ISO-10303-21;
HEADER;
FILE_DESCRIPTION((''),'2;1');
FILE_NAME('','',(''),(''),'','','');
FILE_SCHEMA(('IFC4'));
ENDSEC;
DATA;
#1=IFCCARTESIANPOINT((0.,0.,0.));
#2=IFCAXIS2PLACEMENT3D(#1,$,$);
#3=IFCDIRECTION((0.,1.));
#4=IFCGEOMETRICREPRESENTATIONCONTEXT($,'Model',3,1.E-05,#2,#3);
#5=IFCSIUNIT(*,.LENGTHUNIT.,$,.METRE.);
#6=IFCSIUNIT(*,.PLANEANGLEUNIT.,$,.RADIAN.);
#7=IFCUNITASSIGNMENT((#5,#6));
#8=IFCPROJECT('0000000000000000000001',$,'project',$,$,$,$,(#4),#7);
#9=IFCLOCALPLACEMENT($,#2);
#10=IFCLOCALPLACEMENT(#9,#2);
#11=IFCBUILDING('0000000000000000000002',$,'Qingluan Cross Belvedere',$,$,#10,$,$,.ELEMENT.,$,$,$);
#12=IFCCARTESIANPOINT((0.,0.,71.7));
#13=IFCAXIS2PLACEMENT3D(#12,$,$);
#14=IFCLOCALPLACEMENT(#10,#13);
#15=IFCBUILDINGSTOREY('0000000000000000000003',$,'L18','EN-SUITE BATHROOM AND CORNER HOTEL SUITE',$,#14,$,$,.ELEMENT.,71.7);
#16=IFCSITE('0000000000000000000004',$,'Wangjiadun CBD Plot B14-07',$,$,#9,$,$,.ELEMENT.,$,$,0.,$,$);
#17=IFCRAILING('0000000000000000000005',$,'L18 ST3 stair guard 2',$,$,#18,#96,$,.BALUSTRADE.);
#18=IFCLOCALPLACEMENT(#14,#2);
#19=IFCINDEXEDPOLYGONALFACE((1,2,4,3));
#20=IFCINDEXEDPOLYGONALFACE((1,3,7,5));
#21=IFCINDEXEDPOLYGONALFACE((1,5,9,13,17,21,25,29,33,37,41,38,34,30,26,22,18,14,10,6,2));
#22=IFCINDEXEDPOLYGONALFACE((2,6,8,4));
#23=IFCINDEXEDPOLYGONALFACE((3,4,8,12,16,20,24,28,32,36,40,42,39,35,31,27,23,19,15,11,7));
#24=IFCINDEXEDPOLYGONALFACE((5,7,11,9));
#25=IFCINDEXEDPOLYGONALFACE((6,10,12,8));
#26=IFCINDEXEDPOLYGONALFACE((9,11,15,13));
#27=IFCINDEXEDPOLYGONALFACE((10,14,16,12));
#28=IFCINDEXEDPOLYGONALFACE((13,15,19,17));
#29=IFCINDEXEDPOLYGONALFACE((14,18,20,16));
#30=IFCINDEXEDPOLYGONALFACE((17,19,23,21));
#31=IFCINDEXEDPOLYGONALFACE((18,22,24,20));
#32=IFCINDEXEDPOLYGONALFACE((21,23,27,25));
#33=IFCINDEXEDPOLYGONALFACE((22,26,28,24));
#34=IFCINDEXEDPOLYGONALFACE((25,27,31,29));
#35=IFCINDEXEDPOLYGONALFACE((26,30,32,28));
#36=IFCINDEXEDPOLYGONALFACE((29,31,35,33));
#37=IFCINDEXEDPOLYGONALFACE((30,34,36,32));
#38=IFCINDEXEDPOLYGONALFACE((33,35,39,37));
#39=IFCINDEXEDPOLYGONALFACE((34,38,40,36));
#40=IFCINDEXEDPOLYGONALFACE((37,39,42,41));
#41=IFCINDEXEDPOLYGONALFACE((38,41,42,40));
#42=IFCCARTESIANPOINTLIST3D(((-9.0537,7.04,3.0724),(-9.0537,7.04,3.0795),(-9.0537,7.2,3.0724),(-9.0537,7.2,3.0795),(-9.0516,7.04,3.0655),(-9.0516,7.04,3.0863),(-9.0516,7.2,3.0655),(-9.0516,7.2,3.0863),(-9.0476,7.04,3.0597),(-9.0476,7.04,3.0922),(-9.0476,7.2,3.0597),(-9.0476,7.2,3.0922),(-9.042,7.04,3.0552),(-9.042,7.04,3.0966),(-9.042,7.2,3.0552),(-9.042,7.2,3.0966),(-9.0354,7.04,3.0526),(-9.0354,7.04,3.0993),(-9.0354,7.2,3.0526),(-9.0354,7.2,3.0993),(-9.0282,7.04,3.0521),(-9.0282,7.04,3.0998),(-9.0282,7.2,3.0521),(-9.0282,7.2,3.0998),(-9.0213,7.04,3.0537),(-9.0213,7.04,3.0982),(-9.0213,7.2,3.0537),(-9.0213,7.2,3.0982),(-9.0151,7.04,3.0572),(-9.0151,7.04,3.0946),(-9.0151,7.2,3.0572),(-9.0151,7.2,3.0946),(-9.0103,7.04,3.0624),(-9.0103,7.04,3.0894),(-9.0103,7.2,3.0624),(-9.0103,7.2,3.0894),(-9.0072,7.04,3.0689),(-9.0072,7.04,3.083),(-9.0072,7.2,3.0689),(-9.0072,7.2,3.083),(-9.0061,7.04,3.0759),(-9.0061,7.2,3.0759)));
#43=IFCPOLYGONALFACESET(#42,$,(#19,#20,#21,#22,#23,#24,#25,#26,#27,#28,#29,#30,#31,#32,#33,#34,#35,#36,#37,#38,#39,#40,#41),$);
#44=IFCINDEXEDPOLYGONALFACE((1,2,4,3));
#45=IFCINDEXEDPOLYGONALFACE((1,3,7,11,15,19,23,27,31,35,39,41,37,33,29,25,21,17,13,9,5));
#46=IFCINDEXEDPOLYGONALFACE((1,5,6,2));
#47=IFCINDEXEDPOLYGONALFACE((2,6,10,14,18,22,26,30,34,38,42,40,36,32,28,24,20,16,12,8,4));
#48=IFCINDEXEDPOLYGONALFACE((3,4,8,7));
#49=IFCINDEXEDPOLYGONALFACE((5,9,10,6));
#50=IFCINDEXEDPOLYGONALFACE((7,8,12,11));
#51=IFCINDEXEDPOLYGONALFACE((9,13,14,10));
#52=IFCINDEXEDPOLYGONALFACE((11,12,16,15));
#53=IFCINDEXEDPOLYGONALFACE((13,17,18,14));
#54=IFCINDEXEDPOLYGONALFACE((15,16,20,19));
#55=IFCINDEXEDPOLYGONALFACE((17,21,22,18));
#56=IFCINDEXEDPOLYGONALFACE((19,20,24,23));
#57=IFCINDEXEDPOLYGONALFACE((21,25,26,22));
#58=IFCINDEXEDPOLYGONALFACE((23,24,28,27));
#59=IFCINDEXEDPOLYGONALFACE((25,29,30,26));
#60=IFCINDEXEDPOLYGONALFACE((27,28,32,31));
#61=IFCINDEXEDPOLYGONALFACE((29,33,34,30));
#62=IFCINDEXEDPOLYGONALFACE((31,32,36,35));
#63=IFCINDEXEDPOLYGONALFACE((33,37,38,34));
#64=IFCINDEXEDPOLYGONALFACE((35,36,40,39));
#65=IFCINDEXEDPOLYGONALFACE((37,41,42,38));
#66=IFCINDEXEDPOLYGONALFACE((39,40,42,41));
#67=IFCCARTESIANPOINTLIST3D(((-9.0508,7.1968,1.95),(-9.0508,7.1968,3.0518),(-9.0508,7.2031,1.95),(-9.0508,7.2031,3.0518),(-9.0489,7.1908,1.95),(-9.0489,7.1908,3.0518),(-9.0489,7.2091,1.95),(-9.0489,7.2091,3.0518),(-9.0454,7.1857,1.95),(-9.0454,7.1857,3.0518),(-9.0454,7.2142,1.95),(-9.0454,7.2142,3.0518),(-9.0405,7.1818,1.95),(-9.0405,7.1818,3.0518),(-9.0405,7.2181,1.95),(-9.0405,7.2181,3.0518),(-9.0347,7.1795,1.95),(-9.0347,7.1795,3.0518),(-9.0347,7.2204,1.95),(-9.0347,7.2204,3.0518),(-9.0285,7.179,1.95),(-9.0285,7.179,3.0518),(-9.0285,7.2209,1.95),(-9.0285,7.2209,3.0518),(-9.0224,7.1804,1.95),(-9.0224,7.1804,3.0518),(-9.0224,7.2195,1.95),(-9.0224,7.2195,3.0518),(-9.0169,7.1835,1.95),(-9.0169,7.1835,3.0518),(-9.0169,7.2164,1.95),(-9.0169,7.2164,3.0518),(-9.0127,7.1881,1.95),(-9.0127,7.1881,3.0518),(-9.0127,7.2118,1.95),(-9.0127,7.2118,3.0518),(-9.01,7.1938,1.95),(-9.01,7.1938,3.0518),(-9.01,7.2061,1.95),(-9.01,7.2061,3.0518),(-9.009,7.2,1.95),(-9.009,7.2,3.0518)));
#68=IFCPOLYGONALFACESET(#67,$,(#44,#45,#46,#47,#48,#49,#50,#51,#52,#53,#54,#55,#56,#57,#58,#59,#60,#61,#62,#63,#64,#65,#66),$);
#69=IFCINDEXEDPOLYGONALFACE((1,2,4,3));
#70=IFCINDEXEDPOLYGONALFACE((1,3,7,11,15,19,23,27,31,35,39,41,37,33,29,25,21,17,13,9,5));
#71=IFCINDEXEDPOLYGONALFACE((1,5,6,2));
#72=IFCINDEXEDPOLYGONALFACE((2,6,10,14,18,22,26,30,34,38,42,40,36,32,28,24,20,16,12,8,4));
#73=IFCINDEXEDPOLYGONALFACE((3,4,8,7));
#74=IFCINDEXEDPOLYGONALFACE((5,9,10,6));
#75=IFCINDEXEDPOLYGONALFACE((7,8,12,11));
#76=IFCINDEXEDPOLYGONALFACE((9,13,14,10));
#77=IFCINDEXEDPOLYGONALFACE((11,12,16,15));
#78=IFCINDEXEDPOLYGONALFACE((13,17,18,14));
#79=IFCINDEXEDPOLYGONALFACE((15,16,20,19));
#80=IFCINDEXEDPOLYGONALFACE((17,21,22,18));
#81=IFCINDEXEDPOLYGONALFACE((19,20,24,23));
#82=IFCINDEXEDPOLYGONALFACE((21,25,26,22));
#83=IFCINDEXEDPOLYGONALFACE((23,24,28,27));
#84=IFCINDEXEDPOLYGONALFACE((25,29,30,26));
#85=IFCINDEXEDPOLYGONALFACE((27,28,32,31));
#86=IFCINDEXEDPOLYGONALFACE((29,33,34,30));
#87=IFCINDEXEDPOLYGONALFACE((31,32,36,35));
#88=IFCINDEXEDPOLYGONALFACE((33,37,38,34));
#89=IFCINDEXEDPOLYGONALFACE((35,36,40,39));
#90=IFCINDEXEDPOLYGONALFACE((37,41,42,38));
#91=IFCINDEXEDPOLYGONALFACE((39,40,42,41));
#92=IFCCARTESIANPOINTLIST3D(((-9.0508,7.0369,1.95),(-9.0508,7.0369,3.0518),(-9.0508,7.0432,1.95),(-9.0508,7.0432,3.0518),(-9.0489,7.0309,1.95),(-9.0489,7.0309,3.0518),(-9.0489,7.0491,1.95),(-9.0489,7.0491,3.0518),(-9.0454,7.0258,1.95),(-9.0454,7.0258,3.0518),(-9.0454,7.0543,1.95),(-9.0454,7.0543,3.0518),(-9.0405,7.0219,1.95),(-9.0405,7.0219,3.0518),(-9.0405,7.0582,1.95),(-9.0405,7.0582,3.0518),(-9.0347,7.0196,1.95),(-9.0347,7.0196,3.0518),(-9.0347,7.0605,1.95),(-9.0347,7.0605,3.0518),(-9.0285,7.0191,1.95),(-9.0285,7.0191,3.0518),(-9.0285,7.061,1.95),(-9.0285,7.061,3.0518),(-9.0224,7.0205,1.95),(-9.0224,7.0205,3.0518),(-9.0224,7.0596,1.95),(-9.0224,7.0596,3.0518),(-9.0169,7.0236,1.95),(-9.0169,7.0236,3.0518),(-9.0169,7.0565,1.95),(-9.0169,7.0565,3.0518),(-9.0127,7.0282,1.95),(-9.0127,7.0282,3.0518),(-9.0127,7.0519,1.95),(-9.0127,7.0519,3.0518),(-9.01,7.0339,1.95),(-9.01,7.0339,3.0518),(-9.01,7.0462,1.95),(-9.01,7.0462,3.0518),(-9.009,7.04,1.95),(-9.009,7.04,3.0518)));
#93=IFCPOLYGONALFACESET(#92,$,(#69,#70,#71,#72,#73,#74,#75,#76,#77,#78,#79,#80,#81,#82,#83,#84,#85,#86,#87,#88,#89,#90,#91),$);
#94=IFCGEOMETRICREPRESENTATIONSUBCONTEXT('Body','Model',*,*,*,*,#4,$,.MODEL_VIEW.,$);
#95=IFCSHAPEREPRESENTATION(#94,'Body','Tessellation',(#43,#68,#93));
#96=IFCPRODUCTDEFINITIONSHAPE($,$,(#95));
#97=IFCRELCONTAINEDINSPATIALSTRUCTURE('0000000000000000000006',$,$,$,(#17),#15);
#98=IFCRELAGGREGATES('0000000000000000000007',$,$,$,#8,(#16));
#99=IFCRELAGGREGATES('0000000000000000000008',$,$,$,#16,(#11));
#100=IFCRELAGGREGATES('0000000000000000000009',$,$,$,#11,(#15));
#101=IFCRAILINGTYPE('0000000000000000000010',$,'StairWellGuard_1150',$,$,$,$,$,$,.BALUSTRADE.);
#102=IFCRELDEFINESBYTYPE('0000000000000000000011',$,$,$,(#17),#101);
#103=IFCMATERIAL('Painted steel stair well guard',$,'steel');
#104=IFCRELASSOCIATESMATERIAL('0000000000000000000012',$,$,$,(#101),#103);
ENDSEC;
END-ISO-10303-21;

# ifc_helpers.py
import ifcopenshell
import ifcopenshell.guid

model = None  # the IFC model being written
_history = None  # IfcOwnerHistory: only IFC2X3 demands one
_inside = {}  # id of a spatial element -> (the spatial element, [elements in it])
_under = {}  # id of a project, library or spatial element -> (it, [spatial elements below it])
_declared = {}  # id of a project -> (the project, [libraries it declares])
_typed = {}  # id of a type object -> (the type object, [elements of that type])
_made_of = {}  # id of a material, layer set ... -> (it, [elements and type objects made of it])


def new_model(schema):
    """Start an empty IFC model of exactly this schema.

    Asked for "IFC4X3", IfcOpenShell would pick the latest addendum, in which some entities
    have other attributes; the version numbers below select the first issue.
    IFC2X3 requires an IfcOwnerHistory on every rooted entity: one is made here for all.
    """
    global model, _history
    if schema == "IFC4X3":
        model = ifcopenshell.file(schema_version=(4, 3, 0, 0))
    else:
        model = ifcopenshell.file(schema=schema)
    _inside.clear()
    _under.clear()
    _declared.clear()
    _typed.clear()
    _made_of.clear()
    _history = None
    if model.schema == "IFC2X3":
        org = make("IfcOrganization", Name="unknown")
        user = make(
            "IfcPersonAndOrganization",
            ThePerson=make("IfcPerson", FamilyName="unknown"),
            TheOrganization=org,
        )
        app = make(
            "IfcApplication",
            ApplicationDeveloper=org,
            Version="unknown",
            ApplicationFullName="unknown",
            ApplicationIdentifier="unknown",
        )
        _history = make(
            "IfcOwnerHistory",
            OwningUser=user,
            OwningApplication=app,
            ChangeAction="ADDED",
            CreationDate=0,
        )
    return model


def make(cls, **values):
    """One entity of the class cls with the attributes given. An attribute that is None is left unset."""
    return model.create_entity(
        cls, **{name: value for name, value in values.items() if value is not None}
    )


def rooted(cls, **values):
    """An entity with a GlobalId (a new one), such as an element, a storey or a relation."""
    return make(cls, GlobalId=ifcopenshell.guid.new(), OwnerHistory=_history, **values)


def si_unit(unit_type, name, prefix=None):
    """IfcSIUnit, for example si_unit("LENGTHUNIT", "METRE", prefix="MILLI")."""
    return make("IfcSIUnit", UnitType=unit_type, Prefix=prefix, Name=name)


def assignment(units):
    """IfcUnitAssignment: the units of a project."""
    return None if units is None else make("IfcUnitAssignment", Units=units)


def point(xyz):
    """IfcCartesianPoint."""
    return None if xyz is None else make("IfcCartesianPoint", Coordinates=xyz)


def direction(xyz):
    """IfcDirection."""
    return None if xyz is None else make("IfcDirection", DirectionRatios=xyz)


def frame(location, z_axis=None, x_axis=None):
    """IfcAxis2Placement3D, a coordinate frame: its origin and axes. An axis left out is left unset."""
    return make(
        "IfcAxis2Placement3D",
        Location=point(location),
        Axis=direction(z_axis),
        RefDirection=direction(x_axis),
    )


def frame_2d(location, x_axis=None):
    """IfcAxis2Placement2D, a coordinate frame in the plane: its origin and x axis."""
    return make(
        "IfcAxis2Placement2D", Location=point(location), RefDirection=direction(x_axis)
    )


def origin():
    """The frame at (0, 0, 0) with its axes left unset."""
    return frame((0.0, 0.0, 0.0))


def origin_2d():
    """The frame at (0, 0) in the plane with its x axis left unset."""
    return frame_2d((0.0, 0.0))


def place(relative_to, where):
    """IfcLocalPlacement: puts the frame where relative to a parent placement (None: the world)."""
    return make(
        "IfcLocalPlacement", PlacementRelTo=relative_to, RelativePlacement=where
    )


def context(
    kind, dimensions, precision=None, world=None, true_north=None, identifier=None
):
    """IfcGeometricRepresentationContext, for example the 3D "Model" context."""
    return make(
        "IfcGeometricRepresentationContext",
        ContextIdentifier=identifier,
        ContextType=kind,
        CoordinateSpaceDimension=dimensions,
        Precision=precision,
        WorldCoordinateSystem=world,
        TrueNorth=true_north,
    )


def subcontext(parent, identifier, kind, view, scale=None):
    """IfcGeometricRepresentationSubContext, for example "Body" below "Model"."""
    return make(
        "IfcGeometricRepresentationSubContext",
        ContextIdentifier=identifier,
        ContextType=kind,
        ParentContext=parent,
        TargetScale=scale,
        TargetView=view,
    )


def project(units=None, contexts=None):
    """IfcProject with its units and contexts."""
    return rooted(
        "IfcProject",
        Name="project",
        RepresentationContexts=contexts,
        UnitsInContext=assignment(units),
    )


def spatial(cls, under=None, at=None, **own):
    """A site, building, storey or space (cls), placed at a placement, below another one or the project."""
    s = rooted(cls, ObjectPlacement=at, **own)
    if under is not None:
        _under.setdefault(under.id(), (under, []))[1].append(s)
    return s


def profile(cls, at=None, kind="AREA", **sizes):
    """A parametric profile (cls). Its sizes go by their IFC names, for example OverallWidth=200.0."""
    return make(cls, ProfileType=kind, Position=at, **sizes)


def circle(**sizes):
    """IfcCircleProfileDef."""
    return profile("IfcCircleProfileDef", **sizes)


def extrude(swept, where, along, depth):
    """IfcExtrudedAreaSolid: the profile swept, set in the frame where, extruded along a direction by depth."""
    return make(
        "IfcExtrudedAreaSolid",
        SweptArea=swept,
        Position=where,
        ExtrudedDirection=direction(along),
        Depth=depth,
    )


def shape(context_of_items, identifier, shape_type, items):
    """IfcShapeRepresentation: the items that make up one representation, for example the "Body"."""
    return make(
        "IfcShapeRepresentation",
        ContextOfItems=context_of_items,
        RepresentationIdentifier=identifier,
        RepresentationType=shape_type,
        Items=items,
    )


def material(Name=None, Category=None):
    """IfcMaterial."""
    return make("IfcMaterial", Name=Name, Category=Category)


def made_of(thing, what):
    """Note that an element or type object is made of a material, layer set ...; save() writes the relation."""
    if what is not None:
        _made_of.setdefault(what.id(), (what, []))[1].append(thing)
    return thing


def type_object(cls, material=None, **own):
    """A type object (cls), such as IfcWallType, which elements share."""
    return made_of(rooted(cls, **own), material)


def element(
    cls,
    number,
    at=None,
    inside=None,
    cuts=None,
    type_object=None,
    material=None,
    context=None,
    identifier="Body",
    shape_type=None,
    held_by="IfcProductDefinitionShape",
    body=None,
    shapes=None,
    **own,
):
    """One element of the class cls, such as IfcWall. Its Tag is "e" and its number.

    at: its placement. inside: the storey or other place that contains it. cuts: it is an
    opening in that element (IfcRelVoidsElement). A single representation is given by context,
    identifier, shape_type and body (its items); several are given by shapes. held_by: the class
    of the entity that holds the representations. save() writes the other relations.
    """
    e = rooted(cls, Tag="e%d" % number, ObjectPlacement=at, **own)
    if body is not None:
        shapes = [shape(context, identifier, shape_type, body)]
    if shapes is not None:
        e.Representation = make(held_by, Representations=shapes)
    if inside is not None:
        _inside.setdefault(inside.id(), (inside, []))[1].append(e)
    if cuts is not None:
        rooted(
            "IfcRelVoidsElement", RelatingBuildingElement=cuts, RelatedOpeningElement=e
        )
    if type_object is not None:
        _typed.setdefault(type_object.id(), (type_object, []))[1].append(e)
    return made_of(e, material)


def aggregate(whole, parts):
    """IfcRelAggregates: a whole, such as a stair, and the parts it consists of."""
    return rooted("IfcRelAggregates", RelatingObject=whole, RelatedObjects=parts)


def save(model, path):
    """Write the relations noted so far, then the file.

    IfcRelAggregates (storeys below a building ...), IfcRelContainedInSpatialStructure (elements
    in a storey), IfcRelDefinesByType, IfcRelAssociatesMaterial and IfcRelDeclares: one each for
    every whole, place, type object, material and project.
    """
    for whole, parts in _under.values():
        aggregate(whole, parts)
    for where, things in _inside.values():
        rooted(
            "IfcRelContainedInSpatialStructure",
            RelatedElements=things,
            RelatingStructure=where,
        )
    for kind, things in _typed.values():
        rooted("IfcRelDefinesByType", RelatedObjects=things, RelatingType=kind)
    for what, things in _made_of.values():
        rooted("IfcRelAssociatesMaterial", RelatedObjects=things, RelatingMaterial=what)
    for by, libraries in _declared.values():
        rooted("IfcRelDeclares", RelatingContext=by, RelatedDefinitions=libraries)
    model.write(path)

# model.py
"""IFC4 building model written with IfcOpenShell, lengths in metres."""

from ifc_helpers import new_model, si_unit, direction, frame, origin, origin_2d, place, context, subcontext, project, spatial, circle, extrude, material, type_object, element, save


model = new_model("IFC4")

# Units and contexts
model_context = context("Model", 3, precision=1e-05, world=origin(), true_north=direction((0.0, 1.0)))
body_context = subcontext(model_context, "Body", "Model", "MODEL_VIEW")
ifc_project = project(units=[si_unit("LENGTHUNIT", "METRE"), si_unit("PLANEANGLEUNIT", "RADIAN")], contexts=[model_context])

# Site, building, storey
site_placement = place(None, origin())
site = spatial("IfcSite", under=ifc_project, at=site_placement, Name="Wangjiadun CBD Plot B14-07", CompositionType="ELEMENT", RefElevation=0.0)
building_placement = place(site_placement, origin())
building = spatial("IfcBuilding", under=site, at=building_placement, Name="Qingluan Cross Belvedere", CompositionType="ELEMENT")
storey_placement = place(building_placement, frame((0.0, 0.0, 71.7)))
storey = spatial("IfcBuildingStorey", under=building, at=storey_placement, Name="L18", Description="EN-SUITE BATHROOM AND CORNER HOTEL SUITE", CompositionType="ELEMENT", Elevation=71.7)

# Railing
ifc_material_1 = material(Name="Painted steel stair well guard", Category="steel")
railing_type_1 = type_object("IfcRailingType", Name="StairWellGuard_1150", PredefinedType="BALUSTRADE", material=ifc_material_1)
railing_1_placement = place(storey_placement, frame((-9.03, 7.2, 1.95)))
element("IfcRailing", 1, at=railing_1_placement, inside=storey, type_object=railing_type_1, Name="L18 ST3 stair guard 2", PredefinedType="BALUSTRADE", context=body_context, shape_type="SweptSolid", body=[
    extrude(circle(Radius=0.0239, at=origin_2d()), frame((0.0, 0.0, 1.126), z_axis=(0.0, -1.0, 0.0), x_axis=(1.0, 0.0, 0.0)), (0.0, 0.0, 1.0), 0.1599),
    extrude(circle(Radius=0.021, at=origin_2d()), origin(), (0.0, 0.0, 1.0), 1.1018),
    extrude(circle(Radius=0.021, at=origin_2d()), frame((0.0, -0.1599, 0.0)), (0.0, 0.0, 1.0), 1.1018),
])

save(model, "model.ifc")
